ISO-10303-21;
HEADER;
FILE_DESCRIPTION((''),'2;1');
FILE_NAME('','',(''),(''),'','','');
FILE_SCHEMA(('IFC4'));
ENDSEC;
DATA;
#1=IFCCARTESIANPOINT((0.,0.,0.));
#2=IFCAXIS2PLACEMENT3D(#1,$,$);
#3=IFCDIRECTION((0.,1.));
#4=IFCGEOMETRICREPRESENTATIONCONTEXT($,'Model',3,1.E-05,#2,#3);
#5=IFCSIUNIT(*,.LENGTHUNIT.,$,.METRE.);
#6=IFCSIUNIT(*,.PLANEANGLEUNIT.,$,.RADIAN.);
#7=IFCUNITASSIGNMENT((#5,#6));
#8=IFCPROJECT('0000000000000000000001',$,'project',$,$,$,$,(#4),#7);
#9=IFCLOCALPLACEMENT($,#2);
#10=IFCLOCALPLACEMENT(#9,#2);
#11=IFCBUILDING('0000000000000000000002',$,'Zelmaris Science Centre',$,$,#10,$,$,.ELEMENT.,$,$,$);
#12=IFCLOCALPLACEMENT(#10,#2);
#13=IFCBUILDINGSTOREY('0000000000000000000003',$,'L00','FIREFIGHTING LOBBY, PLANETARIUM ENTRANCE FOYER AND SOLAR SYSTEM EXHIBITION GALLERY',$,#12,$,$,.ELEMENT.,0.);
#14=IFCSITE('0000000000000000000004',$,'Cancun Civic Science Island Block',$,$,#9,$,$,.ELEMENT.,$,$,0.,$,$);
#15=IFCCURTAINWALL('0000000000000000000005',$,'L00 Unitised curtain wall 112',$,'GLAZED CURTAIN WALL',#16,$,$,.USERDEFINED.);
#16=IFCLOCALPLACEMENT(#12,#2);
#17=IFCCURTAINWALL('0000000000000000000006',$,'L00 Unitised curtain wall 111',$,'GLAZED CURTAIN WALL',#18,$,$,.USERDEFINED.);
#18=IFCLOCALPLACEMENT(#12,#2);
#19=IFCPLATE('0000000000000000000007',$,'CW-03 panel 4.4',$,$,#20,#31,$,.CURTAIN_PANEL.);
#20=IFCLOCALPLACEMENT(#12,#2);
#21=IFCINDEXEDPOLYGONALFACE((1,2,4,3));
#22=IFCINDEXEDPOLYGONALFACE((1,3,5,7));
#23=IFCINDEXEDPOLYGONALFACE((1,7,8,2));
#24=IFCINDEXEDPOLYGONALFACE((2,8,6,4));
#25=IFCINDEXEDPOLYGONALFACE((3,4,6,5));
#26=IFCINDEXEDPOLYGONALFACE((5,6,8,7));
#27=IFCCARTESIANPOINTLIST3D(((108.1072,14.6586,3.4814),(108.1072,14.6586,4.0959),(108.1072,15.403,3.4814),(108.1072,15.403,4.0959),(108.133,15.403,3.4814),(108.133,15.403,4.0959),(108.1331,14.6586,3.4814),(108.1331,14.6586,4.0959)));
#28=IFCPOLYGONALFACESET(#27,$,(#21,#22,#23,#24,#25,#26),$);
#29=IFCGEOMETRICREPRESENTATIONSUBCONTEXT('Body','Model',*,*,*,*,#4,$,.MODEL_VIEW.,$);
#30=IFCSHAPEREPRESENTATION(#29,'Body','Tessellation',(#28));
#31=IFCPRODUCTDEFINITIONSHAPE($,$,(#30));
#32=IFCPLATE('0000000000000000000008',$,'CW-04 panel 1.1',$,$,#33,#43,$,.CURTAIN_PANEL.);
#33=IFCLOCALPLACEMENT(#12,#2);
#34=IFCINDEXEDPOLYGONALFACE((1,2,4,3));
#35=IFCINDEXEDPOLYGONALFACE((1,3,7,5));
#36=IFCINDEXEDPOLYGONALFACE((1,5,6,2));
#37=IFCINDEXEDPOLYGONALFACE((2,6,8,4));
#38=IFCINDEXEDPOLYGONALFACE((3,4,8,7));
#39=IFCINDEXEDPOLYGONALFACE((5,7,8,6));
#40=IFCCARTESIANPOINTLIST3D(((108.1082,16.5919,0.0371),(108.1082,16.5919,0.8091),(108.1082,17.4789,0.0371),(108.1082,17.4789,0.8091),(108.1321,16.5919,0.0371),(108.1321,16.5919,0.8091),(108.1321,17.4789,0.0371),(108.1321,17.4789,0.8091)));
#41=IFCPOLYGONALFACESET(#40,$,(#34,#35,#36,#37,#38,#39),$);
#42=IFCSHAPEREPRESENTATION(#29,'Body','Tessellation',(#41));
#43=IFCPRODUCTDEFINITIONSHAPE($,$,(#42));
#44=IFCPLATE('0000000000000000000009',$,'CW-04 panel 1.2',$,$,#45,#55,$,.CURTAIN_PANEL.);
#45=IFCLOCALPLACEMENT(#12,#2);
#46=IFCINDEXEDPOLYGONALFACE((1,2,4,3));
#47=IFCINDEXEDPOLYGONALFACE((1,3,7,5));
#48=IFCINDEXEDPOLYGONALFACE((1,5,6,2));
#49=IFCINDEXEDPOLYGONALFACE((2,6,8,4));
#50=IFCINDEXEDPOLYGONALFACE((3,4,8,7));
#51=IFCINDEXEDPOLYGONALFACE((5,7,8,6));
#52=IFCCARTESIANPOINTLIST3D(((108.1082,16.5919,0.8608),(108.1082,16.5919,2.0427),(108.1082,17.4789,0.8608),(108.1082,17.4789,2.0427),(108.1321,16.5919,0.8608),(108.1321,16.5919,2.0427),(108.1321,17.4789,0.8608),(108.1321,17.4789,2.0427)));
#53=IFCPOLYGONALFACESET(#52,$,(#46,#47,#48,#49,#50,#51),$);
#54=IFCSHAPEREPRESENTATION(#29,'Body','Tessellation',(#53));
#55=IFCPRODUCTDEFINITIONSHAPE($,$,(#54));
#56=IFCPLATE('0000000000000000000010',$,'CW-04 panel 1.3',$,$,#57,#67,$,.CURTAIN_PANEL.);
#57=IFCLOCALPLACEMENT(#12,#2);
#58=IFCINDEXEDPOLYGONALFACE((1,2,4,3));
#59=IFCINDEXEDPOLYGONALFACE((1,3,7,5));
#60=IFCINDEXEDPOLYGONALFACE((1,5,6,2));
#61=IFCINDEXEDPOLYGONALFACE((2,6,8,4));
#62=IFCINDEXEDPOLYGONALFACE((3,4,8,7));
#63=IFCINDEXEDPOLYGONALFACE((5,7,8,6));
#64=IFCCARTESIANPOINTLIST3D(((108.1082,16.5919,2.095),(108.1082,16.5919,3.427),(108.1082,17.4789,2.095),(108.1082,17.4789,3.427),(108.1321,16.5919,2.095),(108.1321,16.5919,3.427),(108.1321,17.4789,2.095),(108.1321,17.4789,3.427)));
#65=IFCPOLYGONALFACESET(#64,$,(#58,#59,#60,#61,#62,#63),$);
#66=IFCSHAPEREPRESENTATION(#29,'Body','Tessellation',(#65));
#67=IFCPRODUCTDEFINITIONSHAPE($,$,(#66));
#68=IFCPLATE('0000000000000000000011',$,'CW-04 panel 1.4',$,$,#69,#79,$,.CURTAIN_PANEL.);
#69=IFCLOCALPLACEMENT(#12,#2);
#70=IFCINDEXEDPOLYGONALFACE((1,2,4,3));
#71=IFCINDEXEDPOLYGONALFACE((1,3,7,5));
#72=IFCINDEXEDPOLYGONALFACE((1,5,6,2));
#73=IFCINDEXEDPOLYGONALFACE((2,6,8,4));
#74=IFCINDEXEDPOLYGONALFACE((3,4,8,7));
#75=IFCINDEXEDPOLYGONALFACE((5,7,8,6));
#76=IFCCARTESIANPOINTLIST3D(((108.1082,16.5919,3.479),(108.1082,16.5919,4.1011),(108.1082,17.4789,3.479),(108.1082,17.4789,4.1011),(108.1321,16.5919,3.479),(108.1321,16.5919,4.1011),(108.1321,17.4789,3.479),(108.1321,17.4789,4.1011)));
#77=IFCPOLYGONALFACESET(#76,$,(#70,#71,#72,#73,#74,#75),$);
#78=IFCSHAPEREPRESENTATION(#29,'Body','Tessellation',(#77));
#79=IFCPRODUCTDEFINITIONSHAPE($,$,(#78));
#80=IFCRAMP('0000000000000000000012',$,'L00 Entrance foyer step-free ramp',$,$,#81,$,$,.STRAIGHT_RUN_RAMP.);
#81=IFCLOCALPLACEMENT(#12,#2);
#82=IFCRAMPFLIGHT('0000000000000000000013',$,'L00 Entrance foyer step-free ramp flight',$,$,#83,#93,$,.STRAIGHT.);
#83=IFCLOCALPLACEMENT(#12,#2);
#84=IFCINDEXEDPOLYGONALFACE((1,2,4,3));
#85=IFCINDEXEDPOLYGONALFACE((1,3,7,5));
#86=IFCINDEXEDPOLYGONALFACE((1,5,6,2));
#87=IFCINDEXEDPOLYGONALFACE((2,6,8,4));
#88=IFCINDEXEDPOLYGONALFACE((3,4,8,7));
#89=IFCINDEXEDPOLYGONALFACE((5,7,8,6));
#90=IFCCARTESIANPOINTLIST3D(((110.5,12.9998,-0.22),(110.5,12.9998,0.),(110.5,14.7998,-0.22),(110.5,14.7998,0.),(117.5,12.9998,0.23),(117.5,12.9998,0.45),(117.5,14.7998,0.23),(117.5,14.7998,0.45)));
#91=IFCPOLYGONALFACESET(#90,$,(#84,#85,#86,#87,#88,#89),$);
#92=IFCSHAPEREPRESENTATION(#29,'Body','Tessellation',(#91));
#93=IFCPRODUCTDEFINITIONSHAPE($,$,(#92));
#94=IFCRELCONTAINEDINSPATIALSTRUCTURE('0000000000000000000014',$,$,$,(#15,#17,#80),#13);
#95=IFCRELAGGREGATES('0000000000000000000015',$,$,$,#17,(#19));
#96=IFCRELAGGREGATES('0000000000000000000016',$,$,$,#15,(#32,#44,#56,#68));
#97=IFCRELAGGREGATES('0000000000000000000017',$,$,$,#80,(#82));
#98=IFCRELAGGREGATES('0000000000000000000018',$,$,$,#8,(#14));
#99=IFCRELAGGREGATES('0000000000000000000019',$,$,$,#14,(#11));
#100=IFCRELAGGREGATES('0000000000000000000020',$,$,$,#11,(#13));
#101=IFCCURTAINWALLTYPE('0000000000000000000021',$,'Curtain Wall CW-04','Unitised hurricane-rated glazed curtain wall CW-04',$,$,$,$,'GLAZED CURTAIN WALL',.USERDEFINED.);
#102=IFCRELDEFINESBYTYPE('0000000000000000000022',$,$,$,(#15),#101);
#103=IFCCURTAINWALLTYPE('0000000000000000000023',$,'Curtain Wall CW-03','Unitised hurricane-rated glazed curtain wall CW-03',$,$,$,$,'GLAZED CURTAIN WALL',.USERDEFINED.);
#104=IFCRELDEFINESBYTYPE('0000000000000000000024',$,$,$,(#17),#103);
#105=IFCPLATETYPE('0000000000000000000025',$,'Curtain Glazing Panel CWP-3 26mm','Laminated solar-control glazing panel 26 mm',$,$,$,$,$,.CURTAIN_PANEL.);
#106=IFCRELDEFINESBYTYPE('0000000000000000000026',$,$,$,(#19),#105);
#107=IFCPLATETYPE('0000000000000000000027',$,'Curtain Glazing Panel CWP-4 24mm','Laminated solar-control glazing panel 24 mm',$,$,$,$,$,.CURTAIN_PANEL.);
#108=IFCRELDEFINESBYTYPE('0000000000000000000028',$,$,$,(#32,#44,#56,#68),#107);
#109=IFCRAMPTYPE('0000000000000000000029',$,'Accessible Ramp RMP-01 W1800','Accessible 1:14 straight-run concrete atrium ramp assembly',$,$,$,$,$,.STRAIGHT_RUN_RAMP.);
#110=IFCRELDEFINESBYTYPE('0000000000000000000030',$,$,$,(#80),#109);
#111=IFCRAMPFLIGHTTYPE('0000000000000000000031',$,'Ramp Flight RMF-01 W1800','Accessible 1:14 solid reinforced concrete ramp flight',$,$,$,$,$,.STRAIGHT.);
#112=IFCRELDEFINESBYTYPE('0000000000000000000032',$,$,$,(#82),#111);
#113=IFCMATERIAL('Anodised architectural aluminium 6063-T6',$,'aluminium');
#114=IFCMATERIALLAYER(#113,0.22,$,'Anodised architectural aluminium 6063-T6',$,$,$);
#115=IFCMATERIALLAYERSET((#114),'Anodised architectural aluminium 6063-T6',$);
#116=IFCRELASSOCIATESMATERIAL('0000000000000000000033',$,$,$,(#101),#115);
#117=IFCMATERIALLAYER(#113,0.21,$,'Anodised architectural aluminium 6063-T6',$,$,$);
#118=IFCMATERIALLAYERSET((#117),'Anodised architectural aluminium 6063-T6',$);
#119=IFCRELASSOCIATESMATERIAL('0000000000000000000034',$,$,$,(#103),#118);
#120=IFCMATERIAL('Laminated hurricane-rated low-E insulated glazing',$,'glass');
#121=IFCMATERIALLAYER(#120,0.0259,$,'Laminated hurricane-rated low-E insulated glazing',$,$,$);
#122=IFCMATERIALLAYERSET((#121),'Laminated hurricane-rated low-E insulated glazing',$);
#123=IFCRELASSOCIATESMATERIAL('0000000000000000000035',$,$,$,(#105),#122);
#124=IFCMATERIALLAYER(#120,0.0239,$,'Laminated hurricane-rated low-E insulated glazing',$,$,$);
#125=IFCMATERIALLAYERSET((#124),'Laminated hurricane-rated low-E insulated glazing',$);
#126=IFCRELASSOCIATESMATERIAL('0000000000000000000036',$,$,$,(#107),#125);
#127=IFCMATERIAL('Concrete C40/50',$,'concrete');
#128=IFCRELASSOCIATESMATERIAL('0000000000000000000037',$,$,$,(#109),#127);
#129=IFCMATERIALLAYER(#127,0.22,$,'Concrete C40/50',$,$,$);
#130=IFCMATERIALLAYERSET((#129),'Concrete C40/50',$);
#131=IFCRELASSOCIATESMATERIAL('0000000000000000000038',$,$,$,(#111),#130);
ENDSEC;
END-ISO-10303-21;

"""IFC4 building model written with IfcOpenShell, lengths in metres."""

from ifc_helpers import new_model, si_unit, direction, frame, origin, origin_2d, place, context, subcontext, project, spatial, polyline, rectangle, outline, extrude, material, layer, layer_set, type_object, element, aggregate, save


model = new_model("IFC4")

# Units and contexts
model_context = context("Model", 3, precision=1e-05, world=origin(), true_north=direction((0.0, 1.0)))
body_context = subcontext(model_context, "Body", "Model", "MODEL_VIEW")
ifc_project = project(units=[si_unit("LENGTHUNIT", "METRE"), si_unit("PLANEANGLEUNIT", "RADIAN")], contexts=[model_context])

# Site, building, storey
site_placement = place(None, origin())
site = spatial("IfcSite", under=ifc_project, at=site_placement, Name="Cancun Civic Science Island Block", CompositionType="ELEMENT", RefElevation=0.0)
building_placement = place(site_placement, origin())
building = spatial("IfcBuilding", under=site, at=building_placement, Name="Zelmaris Science Centre", CompositionType="ELEMENT")
storey_placement = place(building_placement, origin())
storey = spatial("IfcBuildingStorey", under=building, at=storey_placement, Name="L00", Description="FIREFIGHTING LOBBY, PLANETARIUM ENTRANCE FOYER AND SOLAR SYSTEM EXHIBITION GALLERY", CompositionType="ELEMENT", Elevation=0.0)

# Curtain wall
ifc_material_1 = material(Name="Anodised architectural aluminium 6063-T6", Category="aluminium")
ifc_layer_1 = layer(ifc_material_1, 0.22, Name="Anodised architectural aluminium 6063-T6")
ifc_layer_set_1 = layer_set([ifc_layer_1], Name="Anodised architectural aluminium 6063-T6")
curtain_wall_type_1 = type_object("IfcCurtainWallType", Name="Curtain Wall CW-04", Description="Unitised hurricane-rated glazed curtain wall CW-04", ElementType="GLAZED CURTAIN WALL", PredefinedType="USERDEFINED", material=ifc_layer_set_1)
curtain_wall_1_placement = place(storey_placement, origin())
curtain_wall_1 = element("IfcCurtainWall", 1, at=curtain_wall_1_placement, inside=storey, type_object=curtain_wall_type_1, Name="L00 Unitised curtain wall 112", ObjectType="GLAZED CURTAIN WALL", PredefinedType="USERDEFINED")

# Curtain wall
ifc_layer_2 = layer(ifc_material_1, 0.21, Name="Anodised architectural aluminium 6063-T6")
ifc_layer_set_2 = layer_set([ifc_layer_2], Name="Anodised architectural aluminium 6063-T6")
curtain_wall_type_2 = type_object("IfcCurtainWallType", Name="Curtain Wall CW-03", Description="Unitised hurricane-rated glazed curtain wall CW-03", ElementType="GLAZED CURTAIN WALL", PredefinedType="USERDEFINED", material=ifc_layer_set_2)
curtain_wall_2_placement = place(storey_placement, origin())
curtain_wall_2 = element("IfcCurtainWall", 2, at=curtain_wall_2_placement, inside=storey, type_object=curtain_wall_type_2, Name="L00 Unitised curtain wall 111", ObjectType="GLAZED CURTAIN WALL", PredefinedType="USERDEFINED")

# Plates
ifc_material_2 = material(Name="Laminated hurricane-rated low-E insulated glazing", Category="glass")
ifc_layer_3 = layer(ifc_material_2, 0.0259, Name="Laminated hurricane-rated low-E insulated glazing")
ifc_layer_set_3 = layer_set([ifc_layer_3], Name="Laminated hurricane-rated low-E insulated glazing")
plate_type_1 = type_object("IfcPlateType", Name="Curtain Glazing Panel CWP-3 26mm", Description="Laminated solar-control glazing panel 26 mm", PredefinedType="CURTAIN_PANEL", material=ifc_layer_set_3)
plate_1_placement = place(storey_placement, frame((108.1201, 15.0308, 3.4814), z_axis=(0.0, 0.0, 1.0), x_axis=(-0.00003, 1.0, 0.0)))
plate_1 = element("IfcPlate", 3, at=plate_1_placement, type_object=plate_type_1, Name="CW-03 panel 4.4", PredefinedType="CURTAIN_PANEL", context=body_context, shape_type="SweptSolid", body=[
    extrude(rectangle(XDim=0.7444, YDim=0.0259, at=origin_2d()), origin(), (0.0, 0.0, 1.0), 0.6145),
])
aggregate(curtain_wall_2, [plate_1])
ifc_layer_4 = layer(ifc_material_2, 0.0239, Name="Laminated hurricane-rated low-E insulated glazing")
ifc_layer_set_4 = layer_set([ifc_layer_4], Name="Laminated hurricane-rated low-E insulated glazing")
plate_type_2 = type_object("IfcPlateType", Name="Curtain Glazing Panel CWP-4 24mm", Description="Laminated solar-control glazing panel 24 mm", PredefinedType="CURTAIN_PANEL", material=ifc_layer_set_4)
plate_2_placement = place(storey_placement, frame((108.1201, 17.0354, 0.0371), z_axis=(0.0, 0.0, 1.0), x_axis=(0.0, 1.0, 0.0)))
plate_2 = element("IfcPlate", 4, at=plate_2_placement, type_object=plate_type_2, Name="CW-04 panel 1.1", PredefinedType="CURTAIN_PANEL", context=body_context, shape_type="SweptSolid", body=[
    extrude(rectangle(XDim=0.887, YDim=0.0239, at=origin_2d()), origin(), (0.0, 0.0, 1.0), 0.772),
])
plate_3_placement = place(storey_placement, frame((108.1201, 17.0354, 0.8608), z_axis=(0.0, 0.0, 1.0), x_axis=(0.0, 1.0, 0.0)))
plate_3 = element("IfcPlate", 5, at=plate_3_placement, type_object=plate_type_2, Name="CW-04 panel 1.2", PredefinedType="CURTAIN_PANEL", context=body_context, shape_type="SweptSolid", body=[
    extrude(rectangle(XDim=0.887, YDim=0.0239, at=origin_2d()), origin(), (0.0, 0.0, 1.0), 1.1819),
])
plate_4_placement = place(storey_placement, frame((108.1201, 17.0354, 2.095), z_axis=(0.0, 0.0, 1.0), x_axis=(0.0, 1.0, 0.0)))
plate_4 = element("IfcPlate", 6, at=plate_4_placement, type_object=plate_type_2, Name="CW-04 panel 1.3", PredefinedType="CURTAIN_PANEL", context=body_context, shape_type="SweptSolid", body=[
    extrude(rectangle(XDim=0.887, YDim=0.0239, at=origin_2d()), origin(), (0.0, 0.0, 1.0), 1.332),
])
plate_5_placement = place(storey_placement, frame((108.1201, 17.0354, 3.479), z_axis=(0.0, 0.0, 1.0), x_axis=(0.0, 1.0, 0.0)))
plate_5 = element("IfcPlate", 7, at=plate_5_placement, type_object=plate_type_2, Name="CW-04 panel 1.4", PredefinedType="CURTAIN_PANEL", context=body_context, shape_type="SweptSolid", body=[
    extrude(rectangle(XDim=0.887, YDim=0.0239, at=origin_2d()), origin(), (0.0, 0.0, 1.0), 0.6221),
])
aggregate(curtain_wall_1, [plate_2, plate_3, plate_4, plate_5])

# Ramp, ramp flight
ifc_material_3 = material(Name="Concrete C40/50", Category="concrete")
ramp_type = type_object("IfcRampType", Name="Accessible Ramp RMP-01 W1800", Description="Accessible 1:14 straight-run concrete atrium ramp assembly", PredefinedType="STRAIGHT_RUN_RAMP", material=ifc_material_3)
ramp_placement = place(storey_placement, origin())
ramp = element("IfcRamp", 8, at=ramp_placement, inside=storey, type_object=ramp_type, Name="L00 Entrance foyer step-free ramp", PredefinedType="STRAIGHT_RUN_RAMP")
ifc_layer_5 = layer(ifc_material_3, 0.22, Name="Concrete C40/50")
ifc_layer_set_5 = layer_set([ifc_layer_5], Name="Concrete C40/50")
ramp_flight_type = type_object("IfcRampFlightType", Name="Ramp Flight RMF-01 W1800", Description="Accessible 1:14 solid reinforced concrete ramp flight", PredefinedType="STRAIGHT", material=ifc_layer_set_5)
ramp_flight_placement = place(storey_placement, frame((110.5, 13.8999, 0.0), z_axis=(0.0, 0.0, 1.0), x_axis=(1.0, 0.0, 0.0)))
ramp_flight = element("IfcRampFlight", 9, at=ramp_flight_placement, type_object=ramp_flight_type, Name="L00 Entrance foyer step-free ramp flight", PredefinedType="STRAIGHT", context=body_context, shape_type="SweptSolid", body=[
    extrude(outline(polyline([(0.0, 0.0), (7.0, 0.45), (7.0, 0.23), (0.0, -0.22), (0.0, 0.0)])), frame((0.0, 0.8999, 0.0), z_axis=(0.0, -1.0, 0.0), x_axis=(1.0, 0.0, 0.0)), (0.0, 0.0, 1.0), 1.8),
])
aggregate(ramp, [ramp_flight])

save(model, "model.ifc")
